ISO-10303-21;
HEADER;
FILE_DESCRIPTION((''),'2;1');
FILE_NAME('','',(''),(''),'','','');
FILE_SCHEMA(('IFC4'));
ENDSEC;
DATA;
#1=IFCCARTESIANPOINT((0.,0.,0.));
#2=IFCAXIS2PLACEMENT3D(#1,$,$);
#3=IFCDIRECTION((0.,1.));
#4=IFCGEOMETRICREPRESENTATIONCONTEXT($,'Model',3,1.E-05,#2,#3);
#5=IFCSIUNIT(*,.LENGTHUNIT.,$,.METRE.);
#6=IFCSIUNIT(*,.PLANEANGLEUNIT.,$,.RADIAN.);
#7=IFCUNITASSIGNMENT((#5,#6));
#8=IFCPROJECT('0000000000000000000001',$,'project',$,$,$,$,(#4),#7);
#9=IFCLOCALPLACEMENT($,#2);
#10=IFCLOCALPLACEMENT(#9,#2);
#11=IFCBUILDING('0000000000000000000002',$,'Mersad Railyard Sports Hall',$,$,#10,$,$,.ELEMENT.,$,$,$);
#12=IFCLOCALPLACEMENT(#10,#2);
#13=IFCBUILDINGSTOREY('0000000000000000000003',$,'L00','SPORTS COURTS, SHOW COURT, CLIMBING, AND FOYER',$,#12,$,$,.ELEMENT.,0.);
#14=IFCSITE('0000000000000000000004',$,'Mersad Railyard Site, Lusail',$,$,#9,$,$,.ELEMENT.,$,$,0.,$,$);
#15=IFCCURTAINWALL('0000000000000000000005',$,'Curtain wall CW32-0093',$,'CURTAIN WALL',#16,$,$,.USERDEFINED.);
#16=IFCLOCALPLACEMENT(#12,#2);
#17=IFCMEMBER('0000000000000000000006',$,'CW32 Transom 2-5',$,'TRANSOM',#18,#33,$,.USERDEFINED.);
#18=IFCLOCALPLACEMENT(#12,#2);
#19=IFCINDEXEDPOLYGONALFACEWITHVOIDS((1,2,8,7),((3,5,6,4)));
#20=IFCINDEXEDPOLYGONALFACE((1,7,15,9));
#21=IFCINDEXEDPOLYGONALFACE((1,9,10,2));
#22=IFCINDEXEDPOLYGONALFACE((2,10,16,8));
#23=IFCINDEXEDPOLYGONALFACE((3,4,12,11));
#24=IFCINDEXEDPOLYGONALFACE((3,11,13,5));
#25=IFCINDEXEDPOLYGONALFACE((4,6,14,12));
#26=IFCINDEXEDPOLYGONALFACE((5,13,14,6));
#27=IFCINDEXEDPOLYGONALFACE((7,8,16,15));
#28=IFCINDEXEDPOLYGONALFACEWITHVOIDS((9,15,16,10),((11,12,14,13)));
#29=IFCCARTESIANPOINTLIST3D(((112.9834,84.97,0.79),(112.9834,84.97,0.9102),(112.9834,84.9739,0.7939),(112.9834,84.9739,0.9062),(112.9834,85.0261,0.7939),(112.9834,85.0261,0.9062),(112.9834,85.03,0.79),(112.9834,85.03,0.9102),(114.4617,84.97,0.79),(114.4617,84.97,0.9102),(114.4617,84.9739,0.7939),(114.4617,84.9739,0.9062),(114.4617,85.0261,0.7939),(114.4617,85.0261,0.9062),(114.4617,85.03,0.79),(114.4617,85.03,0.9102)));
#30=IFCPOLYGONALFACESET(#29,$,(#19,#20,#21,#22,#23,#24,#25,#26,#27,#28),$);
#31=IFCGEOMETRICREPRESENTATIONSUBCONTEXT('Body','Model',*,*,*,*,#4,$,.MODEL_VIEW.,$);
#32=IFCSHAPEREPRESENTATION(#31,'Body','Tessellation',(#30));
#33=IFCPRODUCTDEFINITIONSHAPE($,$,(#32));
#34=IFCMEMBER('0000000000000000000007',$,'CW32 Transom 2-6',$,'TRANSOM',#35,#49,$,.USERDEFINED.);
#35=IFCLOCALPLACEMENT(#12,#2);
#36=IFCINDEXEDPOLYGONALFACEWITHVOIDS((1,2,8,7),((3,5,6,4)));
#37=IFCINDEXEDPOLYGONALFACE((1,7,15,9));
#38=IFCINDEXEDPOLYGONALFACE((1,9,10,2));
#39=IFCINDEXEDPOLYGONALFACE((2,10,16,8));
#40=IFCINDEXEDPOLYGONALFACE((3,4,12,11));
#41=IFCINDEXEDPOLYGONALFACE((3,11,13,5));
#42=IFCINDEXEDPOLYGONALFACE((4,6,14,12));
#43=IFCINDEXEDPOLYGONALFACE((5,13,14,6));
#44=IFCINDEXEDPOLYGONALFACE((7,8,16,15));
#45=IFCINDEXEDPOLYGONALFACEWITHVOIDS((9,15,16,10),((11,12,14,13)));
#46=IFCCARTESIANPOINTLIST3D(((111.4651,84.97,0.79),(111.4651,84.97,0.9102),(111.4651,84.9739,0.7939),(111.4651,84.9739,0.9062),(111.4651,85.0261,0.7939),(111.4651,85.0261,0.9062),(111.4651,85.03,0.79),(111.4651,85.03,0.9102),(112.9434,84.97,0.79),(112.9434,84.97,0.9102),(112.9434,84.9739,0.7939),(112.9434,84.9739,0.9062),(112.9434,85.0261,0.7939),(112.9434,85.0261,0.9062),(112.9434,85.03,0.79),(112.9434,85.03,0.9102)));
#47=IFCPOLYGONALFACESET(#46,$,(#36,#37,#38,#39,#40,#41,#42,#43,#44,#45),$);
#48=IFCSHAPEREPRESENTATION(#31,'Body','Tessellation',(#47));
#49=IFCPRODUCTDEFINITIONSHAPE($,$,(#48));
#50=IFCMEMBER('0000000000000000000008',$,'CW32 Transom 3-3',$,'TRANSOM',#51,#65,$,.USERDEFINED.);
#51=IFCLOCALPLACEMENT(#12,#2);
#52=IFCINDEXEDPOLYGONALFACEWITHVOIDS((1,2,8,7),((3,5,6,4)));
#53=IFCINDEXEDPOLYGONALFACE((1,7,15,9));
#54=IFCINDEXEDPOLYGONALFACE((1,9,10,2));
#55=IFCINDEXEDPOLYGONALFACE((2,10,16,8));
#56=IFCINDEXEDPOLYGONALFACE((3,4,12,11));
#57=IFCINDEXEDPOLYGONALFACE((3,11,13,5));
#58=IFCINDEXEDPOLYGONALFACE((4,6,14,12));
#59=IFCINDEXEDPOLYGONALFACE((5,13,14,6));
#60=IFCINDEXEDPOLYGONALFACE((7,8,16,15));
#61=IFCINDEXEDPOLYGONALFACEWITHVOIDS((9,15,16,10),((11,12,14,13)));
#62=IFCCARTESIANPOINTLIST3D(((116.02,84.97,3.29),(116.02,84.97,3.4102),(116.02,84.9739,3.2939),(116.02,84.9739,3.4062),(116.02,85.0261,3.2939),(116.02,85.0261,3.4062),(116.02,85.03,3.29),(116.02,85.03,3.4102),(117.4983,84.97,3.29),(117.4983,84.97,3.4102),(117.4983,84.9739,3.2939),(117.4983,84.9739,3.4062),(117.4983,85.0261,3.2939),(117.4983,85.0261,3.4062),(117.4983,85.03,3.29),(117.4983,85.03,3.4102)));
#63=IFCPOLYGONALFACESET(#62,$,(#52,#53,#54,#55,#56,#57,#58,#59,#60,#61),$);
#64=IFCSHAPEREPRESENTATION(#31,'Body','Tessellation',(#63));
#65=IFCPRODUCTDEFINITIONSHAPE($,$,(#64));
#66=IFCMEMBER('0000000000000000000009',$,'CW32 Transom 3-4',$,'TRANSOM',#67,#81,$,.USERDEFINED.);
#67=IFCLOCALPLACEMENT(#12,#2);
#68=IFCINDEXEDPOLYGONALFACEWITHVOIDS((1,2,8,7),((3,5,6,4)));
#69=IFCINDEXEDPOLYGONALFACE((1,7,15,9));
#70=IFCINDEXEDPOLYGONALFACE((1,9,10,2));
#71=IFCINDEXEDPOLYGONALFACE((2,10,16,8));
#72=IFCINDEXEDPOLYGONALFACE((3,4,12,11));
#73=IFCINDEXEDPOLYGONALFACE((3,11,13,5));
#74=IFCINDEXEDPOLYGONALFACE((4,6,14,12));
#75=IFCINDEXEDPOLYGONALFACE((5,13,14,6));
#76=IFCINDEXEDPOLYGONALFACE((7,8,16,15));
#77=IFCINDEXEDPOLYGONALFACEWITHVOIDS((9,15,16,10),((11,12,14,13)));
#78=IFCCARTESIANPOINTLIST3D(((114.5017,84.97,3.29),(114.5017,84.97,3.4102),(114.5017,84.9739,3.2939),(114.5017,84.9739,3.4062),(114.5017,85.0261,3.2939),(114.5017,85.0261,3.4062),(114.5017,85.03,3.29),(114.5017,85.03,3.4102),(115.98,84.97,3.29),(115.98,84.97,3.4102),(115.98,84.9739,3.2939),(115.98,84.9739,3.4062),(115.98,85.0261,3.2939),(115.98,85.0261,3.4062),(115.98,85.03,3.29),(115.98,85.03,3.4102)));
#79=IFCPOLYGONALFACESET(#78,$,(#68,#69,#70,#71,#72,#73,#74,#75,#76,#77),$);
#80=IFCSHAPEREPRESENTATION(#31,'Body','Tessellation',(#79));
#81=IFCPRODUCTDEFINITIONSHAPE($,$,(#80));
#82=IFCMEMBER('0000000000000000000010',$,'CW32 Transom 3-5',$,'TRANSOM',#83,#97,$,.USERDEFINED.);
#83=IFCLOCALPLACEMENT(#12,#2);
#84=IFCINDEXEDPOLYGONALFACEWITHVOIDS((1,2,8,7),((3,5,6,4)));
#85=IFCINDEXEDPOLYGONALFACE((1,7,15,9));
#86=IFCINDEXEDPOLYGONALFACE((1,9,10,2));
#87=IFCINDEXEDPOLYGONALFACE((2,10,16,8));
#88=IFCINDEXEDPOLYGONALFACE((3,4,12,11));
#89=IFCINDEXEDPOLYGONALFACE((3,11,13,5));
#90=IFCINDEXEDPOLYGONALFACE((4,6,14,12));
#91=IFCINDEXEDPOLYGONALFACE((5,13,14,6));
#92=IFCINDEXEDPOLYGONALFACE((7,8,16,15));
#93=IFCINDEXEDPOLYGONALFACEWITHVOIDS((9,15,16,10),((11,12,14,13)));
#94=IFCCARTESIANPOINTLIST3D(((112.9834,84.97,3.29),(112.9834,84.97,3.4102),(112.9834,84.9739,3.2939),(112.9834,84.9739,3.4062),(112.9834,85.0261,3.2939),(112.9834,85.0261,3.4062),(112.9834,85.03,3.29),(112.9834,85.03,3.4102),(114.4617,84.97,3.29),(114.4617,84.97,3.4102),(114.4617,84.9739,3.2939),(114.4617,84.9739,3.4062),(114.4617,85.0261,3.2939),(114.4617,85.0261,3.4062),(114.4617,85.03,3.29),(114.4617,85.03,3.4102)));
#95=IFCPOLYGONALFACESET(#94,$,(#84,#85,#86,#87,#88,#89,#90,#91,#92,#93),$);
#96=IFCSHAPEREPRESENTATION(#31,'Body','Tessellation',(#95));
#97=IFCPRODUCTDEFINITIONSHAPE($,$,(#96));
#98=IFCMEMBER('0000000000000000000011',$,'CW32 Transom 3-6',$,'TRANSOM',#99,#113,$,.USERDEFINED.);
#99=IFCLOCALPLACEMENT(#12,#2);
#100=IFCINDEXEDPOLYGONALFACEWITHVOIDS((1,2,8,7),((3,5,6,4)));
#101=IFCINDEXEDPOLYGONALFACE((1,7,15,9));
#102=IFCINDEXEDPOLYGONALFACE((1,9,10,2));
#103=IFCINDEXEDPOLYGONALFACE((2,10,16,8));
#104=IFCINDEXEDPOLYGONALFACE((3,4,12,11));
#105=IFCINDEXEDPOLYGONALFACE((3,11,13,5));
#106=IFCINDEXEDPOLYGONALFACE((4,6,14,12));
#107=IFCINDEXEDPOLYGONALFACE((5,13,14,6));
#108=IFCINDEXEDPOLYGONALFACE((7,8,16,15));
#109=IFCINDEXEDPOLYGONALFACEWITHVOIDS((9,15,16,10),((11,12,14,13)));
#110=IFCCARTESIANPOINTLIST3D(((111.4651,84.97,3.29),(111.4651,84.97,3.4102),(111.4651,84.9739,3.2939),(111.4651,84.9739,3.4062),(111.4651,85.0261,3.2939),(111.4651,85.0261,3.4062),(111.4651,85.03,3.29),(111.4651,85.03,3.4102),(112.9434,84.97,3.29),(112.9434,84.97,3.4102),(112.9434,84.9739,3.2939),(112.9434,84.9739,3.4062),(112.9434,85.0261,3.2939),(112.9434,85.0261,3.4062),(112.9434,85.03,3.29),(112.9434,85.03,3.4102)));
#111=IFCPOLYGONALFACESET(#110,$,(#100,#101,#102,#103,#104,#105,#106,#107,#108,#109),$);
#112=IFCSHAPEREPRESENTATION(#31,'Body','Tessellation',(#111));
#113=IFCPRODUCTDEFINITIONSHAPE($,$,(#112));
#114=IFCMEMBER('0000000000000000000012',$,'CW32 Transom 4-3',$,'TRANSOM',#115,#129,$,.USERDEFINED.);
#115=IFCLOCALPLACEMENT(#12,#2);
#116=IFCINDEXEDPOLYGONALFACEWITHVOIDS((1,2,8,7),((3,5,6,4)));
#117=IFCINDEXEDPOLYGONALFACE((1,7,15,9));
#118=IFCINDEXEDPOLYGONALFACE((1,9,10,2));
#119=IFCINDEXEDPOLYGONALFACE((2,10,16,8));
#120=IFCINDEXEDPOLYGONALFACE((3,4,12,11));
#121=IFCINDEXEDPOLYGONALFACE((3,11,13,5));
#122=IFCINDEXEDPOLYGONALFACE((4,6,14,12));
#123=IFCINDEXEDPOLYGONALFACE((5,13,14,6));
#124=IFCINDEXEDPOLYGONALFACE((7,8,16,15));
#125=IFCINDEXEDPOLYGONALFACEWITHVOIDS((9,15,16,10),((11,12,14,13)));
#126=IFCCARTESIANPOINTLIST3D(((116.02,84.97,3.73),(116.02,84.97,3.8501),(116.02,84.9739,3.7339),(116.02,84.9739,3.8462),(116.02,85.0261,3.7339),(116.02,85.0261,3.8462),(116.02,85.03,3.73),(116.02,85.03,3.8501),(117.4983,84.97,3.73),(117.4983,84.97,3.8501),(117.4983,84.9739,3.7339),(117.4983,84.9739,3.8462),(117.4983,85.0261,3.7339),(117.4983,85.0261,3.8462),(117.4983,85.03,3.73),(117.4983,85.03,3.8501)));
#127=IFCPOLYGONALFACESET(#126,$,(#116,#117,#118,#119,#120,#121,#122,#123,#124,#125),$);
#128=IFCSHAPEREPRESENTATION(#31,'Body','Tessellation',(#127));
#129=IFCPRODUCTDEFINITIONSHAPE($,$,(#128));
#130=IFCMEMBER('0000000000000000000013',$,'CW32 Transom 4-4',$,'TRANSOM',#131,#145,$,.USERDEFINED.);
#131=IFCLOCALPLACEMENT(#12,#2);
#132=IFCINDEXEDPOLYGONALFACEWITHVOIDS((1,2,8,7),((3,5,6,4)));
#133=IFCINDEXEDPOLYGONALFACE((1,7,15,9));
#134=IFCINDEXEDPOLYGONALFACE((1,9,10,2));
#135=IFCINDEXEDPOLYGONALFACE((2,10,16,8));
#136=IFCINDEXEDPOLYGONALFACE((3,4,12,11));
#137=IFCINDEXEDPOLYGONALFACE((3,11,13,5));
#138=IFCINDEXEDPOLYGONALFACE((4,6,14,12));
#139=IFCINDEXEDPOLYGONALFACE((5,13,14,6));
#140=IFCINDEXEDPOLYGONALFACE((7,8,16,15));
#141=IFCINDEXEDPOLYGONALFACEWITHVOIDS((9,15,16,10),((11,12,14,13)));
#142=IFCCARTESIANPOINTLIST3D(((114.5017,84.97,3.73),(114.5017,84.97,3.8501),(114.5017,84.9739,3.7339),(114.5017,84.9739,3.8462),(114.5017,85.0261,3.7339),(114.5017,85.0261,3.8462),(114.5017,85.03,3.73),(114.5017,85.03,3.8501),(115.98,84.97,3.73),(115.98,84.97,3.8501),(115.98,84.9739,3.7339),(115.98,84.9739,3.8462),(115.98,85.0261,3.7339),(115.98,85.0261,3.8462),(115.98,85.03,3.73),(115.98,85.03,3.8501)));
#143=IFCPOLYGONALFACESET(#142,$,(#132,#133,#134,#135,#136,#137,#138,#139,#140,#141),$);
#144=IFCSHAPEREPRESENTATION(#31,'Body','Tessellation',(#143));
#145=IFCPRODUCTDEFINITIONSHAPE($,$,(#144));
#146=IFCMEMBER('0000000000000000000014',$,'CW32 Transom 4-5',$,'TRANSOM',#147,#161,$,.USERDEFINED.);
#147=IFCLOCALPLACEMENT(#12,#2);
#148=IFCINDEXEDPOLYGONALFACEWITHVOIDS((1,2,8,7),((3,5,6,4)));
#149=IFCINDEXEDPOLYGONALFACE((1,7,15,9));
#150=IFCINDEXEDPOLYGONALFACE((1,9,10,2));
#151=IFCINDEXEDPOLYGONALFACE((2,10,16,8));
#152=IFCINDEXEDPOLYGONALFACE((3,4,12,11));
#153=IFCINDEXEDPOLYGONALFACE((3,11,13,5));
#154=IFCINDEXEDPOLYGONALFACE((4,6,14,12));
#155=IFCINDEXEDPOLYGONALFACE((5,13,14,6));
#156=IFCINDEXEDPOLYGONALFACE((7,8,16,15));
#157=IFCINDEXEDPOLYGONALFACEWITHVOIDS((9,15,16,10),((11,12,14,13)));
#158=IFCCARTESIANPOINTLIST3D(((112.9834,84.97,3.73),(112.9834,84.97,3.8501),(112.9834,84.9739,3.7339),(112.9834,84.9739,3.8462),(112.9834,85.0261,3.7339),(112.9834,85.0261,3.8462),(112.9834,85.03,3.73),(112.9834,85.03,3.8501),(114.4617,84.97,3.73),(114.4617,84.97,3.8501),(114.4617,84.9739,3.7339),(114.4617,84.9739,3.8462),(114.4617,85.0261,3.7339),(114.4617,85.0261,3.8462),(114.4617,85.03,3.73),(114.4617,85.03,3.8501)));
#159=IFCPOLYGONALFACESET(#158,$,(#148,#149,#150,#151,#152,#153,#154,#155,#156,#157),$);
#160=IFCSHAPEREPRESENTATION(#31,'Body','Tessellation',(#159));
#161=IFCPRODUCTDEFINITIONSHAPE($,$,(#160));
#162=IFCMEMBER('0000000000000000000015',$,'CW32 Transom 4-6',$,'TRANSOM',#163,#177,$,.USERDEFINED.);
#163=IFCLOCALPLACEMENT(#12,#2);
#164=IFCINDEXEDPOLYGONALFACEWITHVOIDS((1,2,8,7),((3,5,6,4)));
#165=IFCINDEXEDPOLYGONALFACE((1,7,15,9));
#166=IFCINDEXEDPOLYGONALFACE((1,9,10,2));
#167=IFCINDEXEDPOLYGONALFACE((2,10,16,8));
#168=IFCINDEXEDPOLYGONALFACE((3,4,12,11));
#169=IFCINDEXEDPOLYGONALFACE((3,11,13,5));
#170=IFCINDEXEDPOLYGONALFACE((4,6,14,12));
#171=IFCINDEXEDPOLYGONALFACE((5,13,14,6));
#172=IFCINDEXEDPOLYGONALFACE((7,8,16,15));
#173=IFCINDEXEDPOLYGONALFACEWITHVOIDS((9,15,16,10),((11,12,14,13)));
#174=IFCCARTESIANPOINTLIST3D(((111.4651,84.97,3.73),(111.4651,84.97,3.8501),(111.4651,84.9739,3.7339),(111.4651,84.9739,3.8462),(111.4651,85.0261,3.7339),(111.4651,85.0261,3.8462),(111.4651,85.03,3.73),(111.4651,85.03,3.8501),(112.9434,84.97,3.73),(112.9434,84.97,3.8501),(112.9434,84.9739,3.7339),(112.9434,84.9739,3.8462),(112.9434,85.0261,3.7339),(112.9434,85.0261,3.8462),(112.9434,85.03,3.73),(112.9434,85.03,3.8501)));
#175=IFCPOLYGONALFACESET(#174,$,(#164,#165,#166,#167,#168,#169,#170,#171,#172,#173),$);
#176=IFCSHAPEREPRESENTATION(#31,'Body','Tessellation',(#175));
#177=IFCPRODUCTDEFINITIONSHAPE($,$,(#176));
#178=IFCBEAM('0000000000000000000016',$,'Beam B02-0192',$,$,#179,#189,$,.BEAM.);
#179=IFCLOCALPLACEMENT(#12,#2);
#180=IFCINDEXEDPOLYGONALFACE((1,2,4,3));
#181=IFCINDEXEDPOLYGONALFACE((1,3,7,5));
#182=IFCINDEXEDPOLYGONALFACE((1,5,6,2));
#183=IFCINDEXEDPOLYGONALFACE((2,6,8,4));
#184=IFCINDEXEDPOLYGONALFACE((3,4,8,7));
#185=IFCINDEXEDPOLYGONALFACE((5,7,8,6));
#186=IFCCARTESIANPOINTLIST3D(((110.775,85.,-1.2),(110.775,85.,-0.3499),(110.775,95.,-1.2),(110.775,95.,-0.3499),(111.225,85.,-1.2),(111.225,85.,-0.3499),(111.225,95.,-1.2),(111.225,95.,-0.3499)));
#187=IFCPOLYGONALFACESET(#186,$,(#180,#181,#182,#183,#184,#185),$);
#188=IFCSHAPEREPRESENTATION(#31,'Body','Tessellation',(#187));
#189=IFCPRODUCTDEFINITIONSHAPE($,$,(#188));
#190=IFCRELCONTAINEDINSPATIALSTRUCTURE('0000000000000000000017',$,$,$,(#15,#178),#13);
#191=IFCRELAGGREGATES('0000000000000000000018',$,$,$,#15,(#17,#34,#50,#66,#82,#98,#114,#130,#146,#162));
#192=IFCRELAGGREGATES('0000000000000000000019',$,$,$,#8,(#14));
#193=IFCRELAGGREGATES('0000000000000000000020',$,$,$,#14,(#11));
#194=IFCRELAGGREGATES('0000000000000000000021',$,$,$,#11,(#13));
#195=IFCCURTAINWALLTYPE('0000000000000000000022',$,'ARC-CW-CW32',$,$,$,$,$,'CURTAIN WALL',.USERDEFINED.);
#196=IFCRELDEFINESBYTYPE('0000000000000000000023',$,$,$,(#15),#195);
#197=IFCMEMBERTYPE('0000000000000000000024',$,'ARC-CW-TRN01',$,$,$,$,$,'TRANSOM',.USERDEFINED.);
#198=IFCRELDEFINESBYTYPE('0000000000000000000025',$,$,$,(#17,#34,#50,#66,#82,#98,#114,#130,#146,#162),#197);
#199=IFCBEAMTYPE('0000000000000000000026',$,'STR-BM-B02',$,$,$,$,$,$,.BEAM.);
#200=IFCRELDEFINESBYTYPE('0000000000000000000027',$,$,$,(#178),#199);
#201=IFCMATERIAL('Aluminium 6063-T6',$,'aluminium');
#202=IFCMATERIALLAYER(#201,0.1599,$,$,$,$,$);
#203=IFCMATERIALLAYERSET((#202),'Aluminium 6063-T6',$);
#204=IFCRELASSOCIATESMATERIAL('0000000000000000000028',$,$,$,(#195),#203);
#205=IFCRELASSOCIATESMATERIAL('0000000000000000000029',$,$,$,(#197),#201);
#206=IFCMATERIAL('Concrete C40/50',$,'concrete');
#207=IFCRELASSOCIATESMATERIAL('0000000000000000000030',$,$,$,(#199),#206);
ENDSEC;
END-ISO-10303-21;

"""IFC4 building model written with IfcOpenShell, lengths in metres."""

from ifc_helpers import new_model, si_unit, direction, frame, origin, origin_2d, place, context, subcontext, project, spatial, rectangle, hollow_rectangle, extrude, material, layer, layer_set, material_profile, profile_set, type_object, element, aggregate, save


model = new_model("IFC4")

# Units and contexts
model_context = context("Model", 3, precision=1e-05, world=origin(), true_north=direction((0.0, 1.0)))
body_context = subcontext(model_context, "Body", "Model", "MODEL_VIEW")
ifc_project = project(units=[si_unit("LENGTHUNIT", "METRE"), si_unit("PLANEANGLEUNIT", "RADIAN")], contexts=[model_context])

# Site, building, storey
site_placement = place(None, origin())
site = spatial("IfcSite", under=ifc_project, at=site_placement, Name="Mersad Railyard Site, Lusail", CompositionType="ELEMENT", RefElevation=0.0)
building_placement = place(site_placement, origin())
building = spatial("IfcBuilding", under=site, at=building_placement, Name="Mersad Railyard Sports Hall", CompositionType="ELEMENT")
storey_placement = place(building_placement, origin())
storey = spatial("IfcBuildingStorey", under=building, at=storey_placement, Name="L00", Description="SPORTS COURTS, SHOW COURT, CLIMBING, AND FOYER", CompositionType="ELEMENT", Elevation=0.0)

# Curtain wall, members
ifc_material_1 = material(Name="Aluminium 6063-T6", Category="aluminium")
ifc_layer_1 = layer(ifc_material_1, 0.1599)
ifc_layer_set_1 = layer_set([ifc_layer_1], Name="Aluminium 6063-T6")
curtain_wall_type = type_object("IfcCurtainWallType", Name="ARC-CW-CW32", ElementType="CURTAIN WALL", PredefinedType="USERDEFINED", material=ifc_layer_set_1)
curtain_wall_placement = place(storey_placement, origin())
curtain_wall = element("IfcCurtainWall", 1, at=curtain_wall_placement, inside=storey, type_object=curtain_wall_type, Name="Curtain wall CW32-0093", ObjectType="CURTAIN WALL", PredefinedType="USERDEFINED")
ifc_material_profile_1 = material_profile(ifc_material_1, hollow_rectangle(XDim=0.0601, YDim=0.1201, WallThickness=0.0039, at=origin_2d()), Name="AL TRANSOM 60x120x4")
ifc_profile_set_1 = profile_set([ifc_material_profile_1], Name="Aluminium 6063-T6")
member_type_1 = type_object("IfcMemberType", Name="ARC-CW-TRN01", ElementType="TRANSOM", PredefinedType="USERDEFINED", material=ifc_profile_set_1)
member_1_placement = place(storey_placement, frame((114.4617, 85.0, 0.8501), z_axis=(-1.0, 0.0, 0.0), x_axis=(0.0, -1.0, 0.0)))
member_1 = element("IfcMember", 2, at=member_1_placement, type_object=member_type_1, Name="CW32 Transom 2-5", ObjectType="TRANSOM", PredefinedType="USERDEFINED", context=body_context, shape_type="SweptSolid", body=[
    extrude(hollow_rectangle(XDim=0.0601, YDim=0.1201, WallThickness=0.0039, at=origin_2d()), origin(), (0.0, 0.0, 1.0), 1.4783),
])
member_2_placement = place(storey_placement, frame((112.9434, 85.0, 0.8501), z_axis=(-1.0, 0.0, 0.0), x_axis=(0.0, -1.0, 0.0)))
member_2 = element("IfcMember", 3, at=member_2_placement, type_object=member_type_1, Name="CW32 Transom 2-6", ObjectType="TRANSOM", PredefinedType="USERDEFINED", context=body_context, shape_type="SweptSolid", body=[
    extrude(hollow_rectangle(XDim=0.0601, YDim=0.1201, WallThickness=0.0039, at=origin_2d()), origin(), (0.0, 0.0, 1.0), 1.4783),
])
member_3_placement = place(storey_placement, frame((117.4983, 85.0, 3.3501), z_axis=(-1.0, 0.0, 0.0), x_axis=(0.0, -1.0, 0.0)))
member_3 = element("IfcMember", 4, at=member_3_placement, type_object=member_type_1, Name="CW32 Transom 3-3", ObjectType="TRANSOM", PredefinedType="USERDEFINED", context=body_context, shape_type="SweptSolid", body=[
    extrude(hollow_rectangle(XDim=0.0601, YDim=0.1201, WallThickness=0.0039, at=origin_2d()), origin(), (0.0, 0.0, 1.0), 1.4783),
])
member_4_placement = place(storey_placement, frame((115.98, 85.0, 3.3501), z_axis=(-1.0, 0.0, 0.0), x_axis=(0.0, -1.0, 0.0)))
member_4 = element("IfcMember", 5, at=member_4_placement, type_object=member_type_1, Name="CW32 Transom 3-4", ObjectType="TRANSOM", PredefinedType="USERDEFINED", context=body_context, shape_type="SweptSolid", body=[
    extrude(hollow_rectangle(XDim=0.0601, YDim=0.1201, WallThickness=0.0039, at=origin_2d()), origin(), (0.0, 0.0, 1.0), 1.4783),
])
member_5_placement = place(storey_placement, frame((114.4617, 85.0, 3.3501), z_axis=(-1.0, 0.0, 0.0), x_axis=(0.0, -1.0, 0.0)))
member_5 = element("IfcMember", 6, at=member_5_placement, type_object=member_type_1, Name="CW32 Transom 3-5", ObjectType="TRANSOM", PredefinedType="USERDEFINED", context=body_context, shape_type="SweptSolid", body=[
    extrude(hollow_rectangle(XDim=0.0601, YDim=0.1201, WallThickness=0.0039, at=origin_2d()), origin(), (0.0, 0.0, 1.0), 1.4783),
])
member_6_placement = place(storey_placement, frame((112.9434, 85.0, 3.3501), z_axis=(-1.0, 0.0, 0.0), x_axis=(0.0, -1.0, 0.0)))
member_6 = element("IfcMember", 7, at=member_6_placement, type_object=member_type_1, Name="CW32 Transom 3-6", ObjectType="TRANSOM", PredefinedType="USERDEFINED", context=body_context, shape_type="SweptSolid", body=[
    extrude(hollow_rectangle(XDim=0.0601, YDim=0.1201, WallThickness=0.0039, at=origin_2d()), origin(), (0.0, 0.0, 1.0), 1.4783),
])
member_7_placement = place(storey_placement, frame((117.4983, 85.0, 3.79), z_axis=(-1.0, 0.0, 0.0), x_axis=(0.0, -1.0, 0.0)))
member_7 = element("IfcMember", 8, at=member_7_placement, type_object=member_type_1, Name="CW32 Transom 4-3", ObjectType="TRANSOM", PredefinedType="USERDEFINED", context=body_context, shape_type="SweptSolid", body=[
    extrude(hollow_rectangle(XDim=0.0601, YDim=0.1201, WallThickness=0.0039, at=origin_2d()), origin(), (0.0, 0.0, 1.0), 1.4783),
])
member_8_placement = place(storey_placement, frame((115.98, 85.0, 3.79), z_axis=(-1.0, 0.0, 0.0), x_axis=(0.0, -1.0, 0.0)))
member_8 = element("IfcMember", 9, at=member_8_placement, type_object=member_type_1, Name="CW32 Transom 4-4", ObjectType="TRANSOM", PredefinedType="USERDEFINED", context=body_context, shape_type="SweptSolid", body=[
    extrude(hollow_rectangle(XDim=0.0601, YDim=0.1201, WallThickness=0.0039, at=origin_2d()), origin(), (0.0, 0.0, 1.0), 1.4783),
])
member_9_placement = place(storey_placement, frame((114.4617, 85.0, 3.79), z_axis=(-1.0, 0.0, 0.0), x_axis=(0.0, -1.0, 0.0)))
member_9 = element("IfcMember", 10, at=member_9_placement, type_object=member_type_1, Name="CW32 Transom 4-5", ObjectType="TRANSOM", PredefinedType="USERDEFINED", context=body_context, shape_type="SweptSolid", body=[
    extrude(hollow_rectangle(XDim=0.0601, YDim=0.1201, WallThickness=0.0039, at=origin_2d()), origin(), (0.0, 0.0, 1.0), 1.4783),
])
member_10_placement = place(storey_placement, frame((112.9434, 85.0, 3.79), z_axis=(-1.0, 0.0, 0.0), x_axis=(0.0, -1.0, 0.0)))
member_10 = element("IfcMember", 11, at=member_10_placement, type_object=member_type_1, Name="CW32 Transom 4-6", ObjectType="TRANSOM", PredefinedType="USERDEFINED", context=body_context, shape_type="SweptSolid", body=[
    extrude(hollow_rectangle(XDim=0.0601, YDim=0.1201, WallThickness=0.0039, at=origin_2d()), origin(), (0.0, 0.0, 1.0), 1.4783),
])

# Beam
ifc_material_2 = material(Name="Concrete C40/50", Category="concrete")
ifc_material_profile_2 = material_profile(ifc_material_2, rectangle(XDim=0.45, YDim=0.8501, at=origin_2d()), Name="RC 450x850")
ifc_profile_set_2 = profile_set([ifc_material_profile_2], Name="Concrete C40/50")
beam_type_1 = type_object("IfcBeamType", Name="STR-BM-B02", PredefinedType="BEAM", material=ifc_profile_set_2)
beam_1_placement = place(storey_placement, frame((111.0, 85.0, -0.7749), z_axis=(0.0, 1.0, 0.0), x_axis=(-1.0, 0.0, 0.0)))
element("IfcBeam", 12, at=beam_1_placement, inside=storey, type_object=beam_type_1, Name="Beam B02-0192", PredefinedType="BEAM", context=body_context, shape_type="SweptSolid", body=[
    extrude(rectangle(XDim=0.45, YDim=0.8501, at=origin_2d()), origin(), (0.0, 0.0, 1.0), 10.0),
])

aggregate(curtain_wall, [member_1, member_2, member_3, member_4, member_5, member_6, member_7, member_8, member_9, member_10])

save(model, "model.ifc")
